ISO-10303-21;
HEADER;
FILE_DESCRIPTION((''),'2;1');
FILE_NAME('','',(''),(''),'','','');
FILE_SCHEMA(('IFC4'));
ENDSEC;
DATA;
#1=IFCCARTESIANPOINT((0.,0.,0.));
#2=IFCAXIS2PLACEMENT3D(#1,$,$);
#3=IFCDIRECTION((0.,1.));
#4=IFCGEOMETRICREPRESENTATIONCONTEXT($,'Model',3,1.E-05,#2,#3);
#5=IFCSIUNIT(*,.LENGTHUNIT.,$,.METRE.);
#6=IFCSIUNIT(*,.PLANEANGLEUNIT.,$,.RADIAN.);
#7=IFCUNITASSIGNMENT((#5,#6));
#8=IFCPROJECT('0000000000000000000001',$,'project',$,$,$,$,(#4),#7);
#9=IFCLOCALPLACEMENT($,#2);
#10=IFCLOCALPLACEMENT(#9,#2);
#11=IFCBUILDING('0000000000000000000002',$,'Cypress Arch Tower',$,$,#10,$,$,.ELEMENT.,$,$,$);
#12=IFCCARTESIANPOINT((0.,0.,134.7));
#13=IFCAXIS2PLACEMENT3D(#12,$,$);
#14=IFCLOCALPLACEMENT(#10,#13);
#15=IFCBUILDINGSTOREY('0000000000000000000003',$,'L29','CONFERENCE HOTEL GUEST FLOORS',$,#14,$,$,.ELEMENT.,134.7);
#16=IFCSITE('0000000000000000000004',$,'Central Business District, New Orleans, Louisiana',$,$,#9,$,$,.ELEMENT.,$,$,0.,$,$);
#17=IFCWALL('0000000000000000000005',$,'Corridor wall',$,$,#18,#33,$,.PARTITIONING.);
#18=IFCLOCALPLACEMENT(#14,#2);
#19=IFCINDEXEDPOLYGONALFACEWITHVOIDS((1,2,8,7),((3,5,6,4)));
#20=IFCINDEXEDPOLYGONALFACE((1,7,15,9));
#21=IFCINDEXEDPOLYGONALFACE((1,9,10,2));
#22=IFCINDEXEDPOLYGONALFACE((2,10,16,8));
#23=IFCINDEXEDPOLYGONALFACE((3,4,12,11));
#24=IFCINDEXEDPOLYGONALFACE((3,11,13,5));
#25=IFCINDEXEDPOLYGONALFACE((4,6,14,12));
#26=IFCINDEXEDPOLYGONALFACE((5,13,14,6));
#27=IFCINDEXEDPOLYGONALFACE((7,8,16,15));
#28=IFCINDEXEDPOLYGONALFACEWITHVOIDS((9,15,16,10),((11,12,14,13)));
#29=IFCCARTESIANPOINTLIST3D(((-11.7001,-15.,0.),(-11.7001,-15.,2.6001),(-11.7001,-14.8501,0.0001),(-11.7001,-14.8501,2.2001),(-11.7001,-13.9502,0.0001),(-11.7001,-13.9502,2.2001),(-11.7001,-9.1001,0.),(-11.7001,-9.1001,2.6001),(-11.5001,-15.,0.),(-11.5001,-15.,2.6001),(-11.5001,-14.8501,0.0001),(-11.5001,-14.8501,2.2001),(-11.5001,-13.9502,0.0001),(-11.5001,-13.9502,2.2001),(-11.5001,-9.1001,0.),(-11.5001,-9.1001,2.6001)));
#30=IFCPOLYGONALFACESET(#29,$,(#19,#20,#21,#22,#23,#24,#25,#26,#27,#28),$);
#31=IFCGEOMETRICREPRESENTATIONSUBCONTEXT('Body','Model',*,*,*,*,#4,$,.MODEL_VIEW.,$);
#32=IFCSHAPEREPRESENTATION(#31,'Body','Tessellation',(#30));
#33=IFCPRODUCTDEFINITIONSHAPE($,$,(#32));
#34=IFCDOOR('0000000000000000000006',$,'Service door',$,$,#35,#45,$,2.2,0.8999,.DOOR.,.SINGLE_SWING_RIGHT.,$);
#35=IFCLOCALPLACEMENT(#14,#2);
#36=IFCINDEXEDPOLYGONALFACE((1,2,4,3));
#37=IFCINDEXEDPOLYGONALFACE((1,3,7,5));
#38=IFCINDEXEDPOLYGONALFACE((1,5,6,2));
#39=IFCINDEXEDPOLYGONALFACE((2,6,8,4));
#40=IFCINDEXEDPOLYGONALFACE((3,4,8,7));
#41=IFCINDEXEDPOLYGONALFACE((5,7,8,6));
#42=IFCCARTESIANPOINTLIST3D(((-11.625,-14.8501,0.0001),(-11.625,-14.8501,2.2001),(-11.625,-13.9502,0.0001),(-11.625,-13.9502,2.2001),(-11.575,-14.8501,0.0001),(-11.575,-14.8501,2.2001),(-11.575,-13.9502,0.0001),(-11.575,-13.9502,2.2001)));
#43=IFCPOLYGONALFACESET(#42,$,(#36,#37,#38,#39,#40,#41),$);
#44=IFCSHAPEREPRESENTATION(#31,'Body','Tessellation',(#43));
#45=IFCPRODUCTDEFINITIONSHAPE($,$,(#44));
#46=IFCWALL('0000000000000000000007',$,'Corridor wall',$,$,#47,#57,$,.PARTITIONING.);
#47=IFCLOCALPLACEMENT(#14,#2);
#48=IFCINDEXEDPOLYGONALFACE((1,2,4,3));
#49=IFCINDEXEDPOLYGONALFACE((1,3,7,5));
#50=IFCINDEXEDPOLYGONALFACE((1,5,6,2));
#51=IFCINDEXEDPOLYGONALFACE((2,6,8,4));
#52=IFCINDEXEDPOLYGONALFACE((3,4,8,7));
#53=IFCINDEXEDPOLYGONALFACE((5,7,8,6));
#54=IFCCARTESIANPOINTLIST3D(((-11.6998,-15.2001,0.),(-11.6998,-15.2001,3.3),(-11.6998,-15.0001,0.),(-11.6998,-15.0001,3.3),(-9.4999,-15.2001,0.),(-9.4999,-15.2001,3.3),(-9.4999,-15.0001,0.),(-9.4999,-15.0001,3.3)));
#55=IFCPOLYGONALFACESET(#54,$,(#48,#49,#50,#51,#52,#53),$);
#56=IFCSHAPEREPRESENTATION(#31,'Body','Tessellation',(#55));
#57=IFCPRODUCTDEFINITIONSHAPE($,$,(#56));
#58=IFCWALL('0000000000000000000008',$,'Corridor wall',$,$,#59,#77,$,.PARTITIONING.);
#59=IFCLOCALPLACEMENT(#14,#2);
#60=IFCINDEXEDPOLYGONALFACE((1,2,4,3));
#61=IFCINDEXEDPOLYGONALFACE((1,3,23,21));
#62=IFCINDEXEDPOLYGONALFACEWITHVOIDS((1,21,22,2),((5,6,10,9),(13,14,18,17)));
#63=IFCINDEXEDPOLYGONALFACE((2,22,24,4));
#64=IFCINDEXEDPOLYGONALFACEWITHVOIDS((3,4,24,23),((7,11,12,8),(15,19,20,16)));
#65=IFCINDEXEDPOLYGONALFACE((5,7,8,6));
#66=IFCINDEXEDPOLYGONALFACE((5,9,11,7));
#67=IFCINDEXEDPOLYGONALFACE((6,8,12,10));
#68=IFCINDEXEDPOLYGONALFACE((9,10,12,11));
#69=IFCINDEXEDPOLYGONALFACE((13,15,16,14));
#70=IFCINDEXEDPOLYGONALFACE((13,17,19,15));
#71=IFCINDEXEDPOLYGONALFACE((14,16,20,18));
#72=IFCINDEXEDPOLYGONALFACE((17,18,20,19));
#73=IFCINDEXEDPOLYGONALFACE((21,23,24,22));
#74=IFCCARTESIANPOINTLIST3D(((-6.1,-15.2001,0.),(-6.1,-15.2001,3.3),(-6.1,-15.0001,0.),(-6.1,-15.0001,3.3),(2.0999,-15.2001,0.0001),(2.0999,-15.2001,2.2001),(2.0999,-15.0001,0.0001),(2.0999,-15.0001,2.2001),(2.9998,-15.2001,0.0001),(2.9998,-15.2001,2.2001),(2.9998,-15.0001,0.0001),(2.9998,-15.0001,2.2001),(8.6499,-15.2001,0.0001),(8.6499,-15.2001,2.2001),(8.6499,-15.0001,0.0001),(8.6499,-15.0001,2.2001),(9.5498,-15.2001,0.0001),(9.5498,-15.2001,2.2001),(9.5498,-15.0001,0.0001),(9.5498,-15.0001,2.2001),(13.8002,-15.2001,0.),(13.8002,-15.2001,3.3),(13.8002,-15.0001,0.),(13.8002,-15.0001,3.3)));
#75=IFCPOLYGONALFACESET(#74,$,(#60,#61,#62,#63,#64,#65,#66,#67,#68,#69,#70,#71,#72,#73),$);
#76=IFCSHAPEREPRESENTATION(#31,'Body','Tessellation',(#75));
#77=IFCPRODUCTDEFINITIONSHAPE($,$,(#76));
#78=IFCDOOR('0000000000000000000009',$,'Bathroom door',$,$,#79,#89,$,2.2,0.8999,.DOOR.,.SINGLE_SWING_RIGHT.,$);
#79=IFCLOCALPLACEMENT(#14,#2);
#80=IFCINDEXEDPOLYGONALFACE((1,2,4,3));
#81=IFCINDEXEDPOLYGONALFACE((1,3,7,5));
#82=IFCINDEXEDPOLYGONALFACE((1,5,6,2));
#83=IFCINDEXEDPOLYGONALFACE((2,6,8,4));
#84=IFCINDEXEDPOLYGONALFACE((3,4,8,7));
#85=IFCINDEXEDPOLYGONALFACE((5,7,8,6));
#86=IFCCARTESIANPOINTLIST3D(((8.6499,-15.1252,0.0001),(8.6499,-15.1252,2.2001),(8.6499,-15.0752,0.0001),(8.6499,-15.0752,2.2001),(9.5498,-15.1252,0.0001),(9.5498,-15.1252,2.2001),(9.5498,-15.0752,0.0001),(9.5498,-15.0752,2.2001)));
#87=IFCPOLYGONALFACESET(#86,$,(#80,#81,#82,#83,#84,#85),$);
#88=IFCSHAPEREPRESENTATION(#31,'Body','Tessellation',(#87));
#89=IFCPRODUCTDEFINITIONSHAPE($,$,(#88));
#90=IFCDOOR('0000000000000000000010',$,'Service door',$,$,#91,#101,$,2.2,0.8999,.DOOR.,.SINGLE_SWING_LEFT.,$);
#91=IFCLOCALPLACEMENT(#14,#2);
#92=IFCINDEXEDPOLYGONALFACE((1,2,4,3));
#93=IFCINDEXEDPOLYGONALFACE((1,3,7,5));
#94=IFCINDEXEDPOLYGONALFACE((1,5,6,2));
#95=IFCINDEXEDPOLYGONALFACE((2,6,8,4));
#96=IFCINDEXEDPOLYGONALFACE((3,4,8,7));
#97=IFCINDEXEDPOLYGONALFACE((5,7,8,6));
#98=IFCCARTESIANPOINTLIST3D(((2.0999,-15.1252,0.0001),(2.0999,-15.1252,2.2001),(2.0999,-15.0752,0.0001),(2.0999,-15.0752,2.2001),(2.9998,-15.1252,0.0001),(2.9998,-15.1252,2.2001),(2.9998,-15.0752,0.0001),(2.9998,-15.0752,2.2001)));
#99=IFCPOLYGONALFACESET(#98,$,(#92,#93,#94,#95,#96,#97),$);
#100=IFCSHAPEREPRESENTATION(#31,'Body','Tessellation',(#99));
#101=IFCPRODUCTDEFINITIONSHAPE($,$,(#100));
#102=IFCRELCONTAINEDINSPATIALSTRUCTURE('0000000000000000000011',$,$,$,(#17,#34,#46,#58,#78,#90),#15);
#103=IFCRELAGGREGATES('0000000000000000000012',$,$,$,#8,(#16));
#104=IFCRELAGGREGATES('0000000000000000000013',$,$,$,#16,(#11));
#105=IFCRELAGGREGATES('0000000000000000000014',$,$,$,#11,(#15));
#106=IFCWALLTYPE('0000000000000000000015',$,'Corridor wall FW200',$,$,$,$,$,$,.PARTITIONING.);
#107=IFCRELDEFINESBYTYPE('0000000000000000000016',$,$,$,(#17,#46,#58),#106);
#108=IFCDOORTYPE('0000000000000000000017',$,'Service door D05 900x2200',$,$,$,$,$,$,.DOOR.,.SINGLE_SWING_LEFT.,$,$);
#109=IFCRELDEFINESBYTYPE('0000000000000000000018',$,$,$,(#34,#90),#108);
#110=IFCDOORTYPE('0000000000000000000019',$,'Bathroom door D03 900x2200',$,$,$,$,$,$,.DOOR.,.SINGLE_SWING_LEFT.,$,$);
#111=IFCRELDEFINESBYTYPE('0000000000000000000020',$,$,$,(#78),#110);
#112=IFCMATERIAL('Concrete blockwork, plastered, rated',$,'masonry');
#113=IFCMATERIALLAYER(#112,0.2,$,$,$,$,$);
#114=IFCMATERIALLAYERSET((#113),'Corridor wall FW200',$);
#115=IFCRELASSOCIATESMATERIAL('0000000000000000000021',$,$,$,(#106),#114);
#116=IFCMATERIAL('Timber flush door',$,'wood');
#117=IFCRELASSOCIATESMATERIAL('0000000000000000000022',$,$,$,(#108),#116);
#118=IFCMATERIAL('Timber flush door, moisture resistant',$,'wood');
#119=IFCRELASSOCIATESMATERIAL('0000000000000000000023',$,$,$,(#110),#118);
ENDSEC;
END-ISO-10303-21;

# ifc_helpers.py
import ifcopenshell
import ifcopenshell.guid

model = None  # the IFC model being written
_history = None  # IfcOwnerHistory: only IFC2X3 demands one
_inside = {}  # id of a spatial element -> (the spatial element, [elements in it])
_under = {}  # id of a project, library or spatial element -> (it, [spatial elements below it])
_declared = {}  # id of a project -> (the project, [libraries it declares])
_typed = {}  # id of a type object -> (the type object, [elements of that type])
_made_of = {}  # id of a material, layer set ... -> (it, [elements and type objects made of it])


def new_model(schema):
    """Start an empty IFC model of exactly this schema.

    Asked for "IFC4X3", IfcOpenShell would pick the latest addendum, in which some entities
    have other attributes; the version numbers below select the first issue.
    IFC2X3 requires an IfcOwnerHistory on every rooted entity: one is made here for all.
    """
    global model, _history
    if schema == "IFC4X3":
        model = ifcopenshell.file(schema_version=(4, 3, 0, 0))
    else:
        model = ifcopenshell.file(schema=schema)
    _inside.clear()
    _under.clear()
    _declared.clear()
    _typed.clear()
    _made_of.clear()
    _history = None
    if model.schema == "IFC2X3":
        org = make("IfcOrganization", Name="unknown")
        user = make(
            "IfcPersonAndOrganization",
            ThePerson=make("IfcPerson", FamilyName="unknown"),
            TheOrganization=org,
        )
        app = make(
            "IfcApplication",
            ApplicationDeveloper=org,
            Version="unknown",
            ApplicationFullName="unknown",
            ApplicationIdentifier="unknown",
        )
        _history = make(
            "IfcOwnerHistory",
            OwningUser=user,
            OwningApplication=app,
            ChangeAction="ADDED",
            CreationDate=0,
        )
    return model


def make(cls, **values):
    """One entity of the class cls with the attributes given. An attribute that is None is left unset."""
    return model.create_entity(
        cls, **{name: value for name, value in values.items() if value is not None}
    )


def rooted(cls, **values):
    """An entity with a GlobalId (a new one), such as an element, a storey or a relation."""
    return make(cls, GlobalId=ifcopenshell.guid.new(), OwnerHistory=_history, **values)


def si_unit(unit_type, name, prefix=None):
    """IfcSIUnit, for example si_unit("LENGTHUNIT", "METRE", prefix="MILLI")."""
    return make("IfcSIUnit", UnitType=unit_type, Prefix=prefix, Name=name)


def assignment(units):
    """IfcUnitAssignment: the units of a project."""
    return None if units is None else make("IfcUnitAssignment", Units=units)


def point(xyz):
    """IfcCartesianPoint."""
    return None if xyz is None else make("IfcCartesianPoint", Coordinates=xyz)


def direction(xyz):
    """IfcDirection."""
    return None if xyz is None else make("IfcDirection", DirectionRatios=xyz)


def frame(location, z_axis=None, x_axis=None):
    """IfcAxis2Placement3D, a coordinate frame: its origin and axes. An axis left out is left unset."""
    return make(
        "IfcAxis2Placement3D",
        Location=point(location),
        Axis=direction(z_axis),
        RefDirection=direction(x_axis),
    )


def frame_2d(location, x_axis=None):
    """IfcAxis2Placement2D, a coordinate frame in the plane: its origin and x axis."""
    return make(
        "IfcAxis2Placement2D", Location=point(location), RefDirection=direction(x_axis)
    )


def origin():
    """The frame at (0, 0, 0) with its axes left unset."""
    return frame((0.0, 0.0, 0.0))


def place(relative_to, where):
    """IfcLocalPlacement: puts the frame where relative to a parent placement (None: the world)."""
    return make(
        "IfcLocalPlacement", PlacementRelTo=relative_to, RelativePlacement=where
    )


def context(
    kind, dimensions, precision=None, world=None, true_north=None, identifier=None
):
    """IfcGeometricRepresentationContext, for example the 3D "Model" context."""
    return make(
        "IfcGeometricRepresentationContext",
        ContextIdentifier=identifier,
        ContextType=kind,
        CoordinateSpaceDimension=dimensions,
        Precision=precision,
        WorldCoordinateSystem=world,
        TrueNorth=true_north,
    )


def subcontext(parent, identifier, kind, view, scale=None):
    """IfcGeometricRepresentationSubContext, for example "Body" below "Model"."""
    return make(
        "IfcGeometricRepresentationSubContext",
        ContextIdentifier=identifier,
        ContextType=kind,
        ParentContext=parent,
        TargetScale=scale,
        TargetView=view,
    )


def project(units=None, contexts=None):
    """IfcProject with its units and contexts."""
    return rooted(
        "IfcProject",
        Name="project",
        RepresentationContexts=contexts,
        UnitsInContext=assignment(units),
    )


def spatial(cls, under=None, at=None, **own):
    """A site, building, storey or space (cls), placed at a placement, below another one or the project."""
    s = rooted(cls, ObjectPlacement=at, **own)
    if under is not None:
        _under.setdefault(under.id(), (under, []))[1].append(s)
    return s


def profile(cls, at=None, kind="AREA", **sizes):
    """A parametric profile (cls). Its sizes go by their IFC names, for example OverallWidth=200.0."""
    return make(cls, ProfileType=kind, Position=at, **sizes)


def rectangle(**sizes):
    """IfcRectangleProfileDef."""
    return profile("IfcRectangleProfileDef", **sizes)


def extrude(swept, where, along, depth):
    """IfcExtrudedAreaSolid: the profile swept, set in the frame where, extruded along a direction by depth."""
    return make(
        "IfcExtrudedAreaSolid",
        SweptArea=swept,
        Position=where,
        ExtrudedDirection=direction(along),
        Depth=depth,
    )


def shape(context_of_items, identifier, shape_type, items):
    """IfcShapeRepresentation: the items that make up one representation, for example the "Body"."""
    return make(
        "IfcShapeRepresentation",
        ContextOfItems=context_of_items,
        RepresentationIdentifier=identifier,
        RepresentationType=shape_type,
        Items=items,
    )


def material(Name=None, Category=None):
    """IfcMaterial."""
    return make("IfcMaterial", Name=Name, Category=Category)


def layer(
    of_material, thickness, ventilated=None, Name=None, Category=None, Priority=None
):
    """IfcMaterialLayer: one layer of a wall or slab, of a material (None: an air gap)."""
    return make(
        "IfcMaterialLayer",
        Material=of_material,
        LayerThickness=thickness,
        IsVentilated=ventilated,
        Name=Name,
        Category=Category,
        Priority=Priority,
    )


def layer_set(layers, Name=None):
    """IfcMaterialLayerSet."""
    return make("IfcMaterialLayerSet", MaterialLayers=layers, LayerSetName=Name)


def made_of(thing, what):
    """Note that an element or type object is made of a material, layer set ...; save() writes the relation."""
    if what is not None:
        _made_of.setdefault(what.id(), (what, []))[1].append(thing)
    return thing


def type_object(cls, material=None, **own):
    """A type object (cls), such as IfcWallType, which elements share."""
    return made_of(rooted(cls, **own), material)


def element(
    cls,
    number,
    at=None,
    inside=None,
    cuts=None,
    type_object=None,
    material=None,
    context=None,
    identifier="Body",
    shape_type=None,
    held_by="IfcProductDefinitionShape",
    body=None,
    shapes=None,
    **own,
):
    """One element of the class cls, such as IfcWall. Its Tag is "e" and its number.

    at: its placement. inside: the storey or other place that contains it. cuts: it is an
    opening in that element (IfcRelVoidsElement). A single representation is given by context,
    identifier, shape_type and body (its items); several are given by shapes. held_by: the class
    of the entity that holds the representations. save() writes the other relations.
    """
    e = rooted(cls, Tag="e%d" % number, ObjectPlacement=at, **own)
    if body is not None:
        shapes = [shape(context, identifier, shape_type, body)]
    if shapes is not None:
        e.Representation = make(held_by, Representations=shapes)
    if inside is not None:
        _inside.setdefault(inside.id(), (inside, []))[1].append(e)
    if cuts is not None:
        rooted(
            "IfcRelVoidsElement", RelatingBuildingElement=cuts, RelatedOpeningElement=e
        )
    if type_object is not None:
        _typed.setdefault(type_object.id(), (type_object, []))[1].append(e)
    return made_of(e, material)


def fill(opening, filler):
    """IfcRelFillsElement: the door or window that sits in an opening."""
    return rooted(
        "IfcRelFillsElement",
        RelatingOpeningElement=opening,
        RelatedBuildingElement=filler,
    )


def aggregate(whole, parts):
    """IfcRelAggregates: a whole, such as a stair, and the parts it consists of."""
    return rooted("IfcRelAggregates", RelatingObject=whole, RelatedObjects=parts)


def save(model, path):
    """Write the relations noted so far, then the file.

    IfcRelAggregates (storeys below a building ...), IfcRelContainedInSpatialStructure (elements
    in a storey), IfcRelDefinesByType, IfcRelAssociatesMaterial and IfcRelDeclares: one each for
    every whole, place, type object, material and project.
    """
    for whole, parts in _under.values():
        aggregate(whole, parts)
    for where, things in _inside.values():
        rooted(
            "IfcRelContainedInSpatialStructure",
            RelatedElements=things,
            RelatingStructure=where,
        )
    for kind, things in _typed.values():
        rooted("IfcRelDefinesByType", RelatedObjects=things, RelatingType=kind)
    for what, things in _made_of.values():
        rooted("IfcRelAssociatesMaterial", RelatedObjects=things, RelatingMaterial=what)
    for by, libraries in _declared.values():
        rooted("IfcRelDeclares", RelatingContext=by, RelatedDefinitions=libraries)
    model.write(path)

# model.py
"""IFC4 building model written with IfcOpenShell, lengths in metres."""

from ifc_helpers import new_model, si_unit, direction, frame, frame_2d, origin, place, context, subcontext, project, spatial, rectangle, extrude, material, layer, layer_set, type_object, element, fill, save


model = new_model("IFC4")

# Units and contexts
model_context = context("Model", 3, precision=1e-05, world=origin(), true_north=direction((0.0, 1.0)))
body_context = subcontext(model_context, "Body", "Model", "MODEL_VIEW")
ifc_project = project(units=[si_unit("LENGTHUNIT", "METRE"), si_unit("PLANEANGLEUNIT", "RADIAN")], contexts=[model_context])

# Site, building, storey
site_placement = place(None, origin())
site = spatial("IfcSite", under=ifc_project, at=site_placement, Name="Central Business District, New Orleans, Louisiana", CompositionType="ELEMENT", RefElevation=0.0)
building_placement = place(site_placement, origin())
building = spatial("IfcBuilding", under=site, at=building_placement, Name="Cypress Arch Tower", CompositionType="ELEMENT")
storey_placement = place(building_placement, frame((0.0, 0.0, 134.7)))
storey = spatial("IfcBuildingStorey", under=building, at=storey_placement, Name="L29", Description="CONFERENCE HOTEL GUEST FLOORS", CompositionType="ELEMENT", Elevation=134.7)

# Wall, opening, door
ifc_material_1 = material(Name="Concrete blockwork, plastered, rated", Category="masonry")
ifc_layer = layer(ifc_material_1, 0.2)
ifc_layer_set = layer_set([ifc_layer], Name="Corridor wall FW200")
wall_type = type_object("IfcWallType", Name="Corridor wall FW200", PredefinedType="PARTITIONING", material=ifc_layer_set)
wall_1_placement = place(storey_placement, frame((-11.6001, -15.0, 0.0), z_axis=(0.0, 0.0, 1.0), x_axis=(0.0, 1.0, 0.0)))
wall_1 = element("IfcWall", 1, at=wall_1_placement, inside=storey, type_object=wall_type, Name="Corridor wall", PredefinedType="PARTITIONING", context=body_context, shape_type="SweptSolid", body=[
    extrude(rectangle(XDim=5.8999, YDim=0.2, at=frame_2d((2.95, 0.0))), origin(), (0.0, 0.0, 1.0), 2.6001),
])
opening_1_placement = place(wall_1_placement, frame((0.1499, 0.0, 0.0)))
opening_1 = element("IfcOpeningElement", 2, at=opening_1_placement, cuts=wall_1, PredefinedType="OPENING", context=body_context, shape_type="SweptSolid", body=[
    extrude(rectangle(XDim=0.8999, YDim=2.2, at=frame_2d((0.45, 1.1001))), frame((0.0, 0.1099, 0.0), z_axis=(0.0, -1.0, 0.0), x_axis=(1.0, 0.0, 0.0)), (0.0, 0.0, 1.0), 0.22),
])
ifc_material_2 = material(Name="Timber flush door", Category="wood")
door_type_1 = type_object("IfcDoorType", Name="Service door D05 900x2200", OperationType="SINGLE_SWING_LEFT", PredefinedType="DOOR", material=ifc_material_2)
door_1_placement = place(opening_1_placement, origin())
door_1 = element("IfcDoor", 3, at=door_1_placement, inside=storey, type_object=door_type_1, Name="Service door", OperationType="SINGLE_SWING_RIGHT", OverallHeight=2.2, OverallWidth=0.8999, PredefinedType="DOOR", context=body_context, shape_type="SweptSolid", body=[
    extrude(rectangle(XDim=0.8999, YDim=2.2, at=frame_2d((0.45, 1.1001))), frame((0.0, 0.0249, 0.0), z_axis=(0.0, -1.0, 0.0), x_axis=(1.0, 0.0, 0.0)), (0.0, 0.0, 1.0), 0.05),
])
fill(opening_1, door_1)

# Wall
wall_2_placement = place(storey_placement, frame((-11.7, -15.1001, 0.0), z_axis=(0.0, 0.0, 1.0), x_axis=(1.0, 0.0, 0.0)))
element("IfcWall", 4, at=wall_2_placement, inside=storey, type_object=wall_type, Name="Corridor wall", PredefinedType="PARTITIONING", context=body_context, shape_type="SweptSolid", body=[
    extrude(rectangle(XDim=2.2, YDim=0.2, at=frame_2d((1.1001, 0.0))), origin(), (0.0, 0.0, 1.0), 3.3),
])

# Wall, openings, doors
wall_3_placement = place(storey_placement, frame((-6.1001, -15.1001, 0.0), z_axis=(0.0, 0.0, 1.0), x_axis=(1.0, 0.0, 0.0)))
wall_3 = element("IfcWall", 5, at=wall_3_placement, inside=storey, type_object=wall_type, Name="Corridor wall", PredefinedType="PARTITIONING", context=body_context, shape_type="SweptSolid", body=[
    extrude(rectangle(XDim=19.9001, YDim=0.2, at=frame_2d((9.9502, 0.0))), origin(), (0.0, 0.0, 1.0), 3.3),
])
opening_2_placement = place(wall_3_placement, frame((8.2, 0.0, 0.0)))
opening_2 = element("IfcOpeningElement", 6, at=opening_2_placement, cuts=wall_3, PredefinedType="OPENING", context=body_context, shape_type="SweptSolid", body=[
    extrude(rectangle(XDim=0.8999, YDim=2.2, at=frame_2d((0.45, 1.1001))), frame((0.0, 0.1099, 0.0), z_axis=(0.0, -1.0, 0.0), x_axis=(1.0, 0.0, 0.0)), (0.0, 0.0, 1.0), 0.22),
])
opening_3_placement = place(wall_3_placement, frame((14.75, 0.0, 0.0)))
opening_3 = element("IfcOpeningElement", 7, at=opening_3_placement, cuts=wall_3, PredefinedType="OPENING", context=body_context, shape_type="SweptSolid", body=[
    extrude(rectangle(XDim=0.8999, YDim=2.2, at=frame_2d((0.45, 1.1001))), frame((0.0, 0.1099, 0.0), z_axis=(0.0, -1.0, 0.0), x_axis=(1.0, 0.0, 0.0)), (0.0, 0.0, 1.0), 0.22),
])
ifc_material_3 = material(Name="Timber flush door, moisture resistant", Category="wood")
door_type_2 = type_object("IfcDoorType", Name="Bathroom door D03 900x2200", OperationType="SINGLE_SWING_LEFT", PredefinedType="DOOR", material=ifc_material_3)
door_2_placement = place(opening_3_placement, origin())
door_2 = element("IfcDoor", 8, at=door_2_placement, inside=storey, type_object=door_type_2, Name="Bathroom door", OperationType="SINGLE_SWING_RIGHT", OverallHeight=2.2, OverallWidth=0.8999, PredefinedType="DOOR", context=body_context, shape_type="SweptSolid", body=[
    extrude(rectangle(XDim=0.8999, YDim=2.2, at=frame_2d((0.45, 1.1001))), frame((0.0, 0.0249, 0.0), z_axis=(0.0, -1.0, 0.0), x_axis=(1.0, 0.0, 0.0)), (0.0, 0.0, 1.0), 0.05),
])
fill(opening_3, door_2)
door_3_placement = place(opening_2_placement, origin())
door_3 = element("IfcDoor", 9, at=door_3_placement, inside=storey, type_object=door_type_1, Name="Service door", OperationType="SINGLE_SWING_LEFT", OverallHeight=2.2, OverallWidth=0.8999, PredefinedType="DOOR", context=body_context, shape_type="SweptSolid", body=[
    extrude(rectangle(XDim=0.8999, YDim=2.2, at=frame_2d((0.45, 1.1001))), frame((0.0, 0.0249, 0.0), z_axis=(0.0, -1.0, 0.0), x_axis=(1.0, 0.0, 0.0)), (0.0, 0.0, 1.0), 0.05),
])
fill(opening_2, door_3)

save(model, "model.ifc")
